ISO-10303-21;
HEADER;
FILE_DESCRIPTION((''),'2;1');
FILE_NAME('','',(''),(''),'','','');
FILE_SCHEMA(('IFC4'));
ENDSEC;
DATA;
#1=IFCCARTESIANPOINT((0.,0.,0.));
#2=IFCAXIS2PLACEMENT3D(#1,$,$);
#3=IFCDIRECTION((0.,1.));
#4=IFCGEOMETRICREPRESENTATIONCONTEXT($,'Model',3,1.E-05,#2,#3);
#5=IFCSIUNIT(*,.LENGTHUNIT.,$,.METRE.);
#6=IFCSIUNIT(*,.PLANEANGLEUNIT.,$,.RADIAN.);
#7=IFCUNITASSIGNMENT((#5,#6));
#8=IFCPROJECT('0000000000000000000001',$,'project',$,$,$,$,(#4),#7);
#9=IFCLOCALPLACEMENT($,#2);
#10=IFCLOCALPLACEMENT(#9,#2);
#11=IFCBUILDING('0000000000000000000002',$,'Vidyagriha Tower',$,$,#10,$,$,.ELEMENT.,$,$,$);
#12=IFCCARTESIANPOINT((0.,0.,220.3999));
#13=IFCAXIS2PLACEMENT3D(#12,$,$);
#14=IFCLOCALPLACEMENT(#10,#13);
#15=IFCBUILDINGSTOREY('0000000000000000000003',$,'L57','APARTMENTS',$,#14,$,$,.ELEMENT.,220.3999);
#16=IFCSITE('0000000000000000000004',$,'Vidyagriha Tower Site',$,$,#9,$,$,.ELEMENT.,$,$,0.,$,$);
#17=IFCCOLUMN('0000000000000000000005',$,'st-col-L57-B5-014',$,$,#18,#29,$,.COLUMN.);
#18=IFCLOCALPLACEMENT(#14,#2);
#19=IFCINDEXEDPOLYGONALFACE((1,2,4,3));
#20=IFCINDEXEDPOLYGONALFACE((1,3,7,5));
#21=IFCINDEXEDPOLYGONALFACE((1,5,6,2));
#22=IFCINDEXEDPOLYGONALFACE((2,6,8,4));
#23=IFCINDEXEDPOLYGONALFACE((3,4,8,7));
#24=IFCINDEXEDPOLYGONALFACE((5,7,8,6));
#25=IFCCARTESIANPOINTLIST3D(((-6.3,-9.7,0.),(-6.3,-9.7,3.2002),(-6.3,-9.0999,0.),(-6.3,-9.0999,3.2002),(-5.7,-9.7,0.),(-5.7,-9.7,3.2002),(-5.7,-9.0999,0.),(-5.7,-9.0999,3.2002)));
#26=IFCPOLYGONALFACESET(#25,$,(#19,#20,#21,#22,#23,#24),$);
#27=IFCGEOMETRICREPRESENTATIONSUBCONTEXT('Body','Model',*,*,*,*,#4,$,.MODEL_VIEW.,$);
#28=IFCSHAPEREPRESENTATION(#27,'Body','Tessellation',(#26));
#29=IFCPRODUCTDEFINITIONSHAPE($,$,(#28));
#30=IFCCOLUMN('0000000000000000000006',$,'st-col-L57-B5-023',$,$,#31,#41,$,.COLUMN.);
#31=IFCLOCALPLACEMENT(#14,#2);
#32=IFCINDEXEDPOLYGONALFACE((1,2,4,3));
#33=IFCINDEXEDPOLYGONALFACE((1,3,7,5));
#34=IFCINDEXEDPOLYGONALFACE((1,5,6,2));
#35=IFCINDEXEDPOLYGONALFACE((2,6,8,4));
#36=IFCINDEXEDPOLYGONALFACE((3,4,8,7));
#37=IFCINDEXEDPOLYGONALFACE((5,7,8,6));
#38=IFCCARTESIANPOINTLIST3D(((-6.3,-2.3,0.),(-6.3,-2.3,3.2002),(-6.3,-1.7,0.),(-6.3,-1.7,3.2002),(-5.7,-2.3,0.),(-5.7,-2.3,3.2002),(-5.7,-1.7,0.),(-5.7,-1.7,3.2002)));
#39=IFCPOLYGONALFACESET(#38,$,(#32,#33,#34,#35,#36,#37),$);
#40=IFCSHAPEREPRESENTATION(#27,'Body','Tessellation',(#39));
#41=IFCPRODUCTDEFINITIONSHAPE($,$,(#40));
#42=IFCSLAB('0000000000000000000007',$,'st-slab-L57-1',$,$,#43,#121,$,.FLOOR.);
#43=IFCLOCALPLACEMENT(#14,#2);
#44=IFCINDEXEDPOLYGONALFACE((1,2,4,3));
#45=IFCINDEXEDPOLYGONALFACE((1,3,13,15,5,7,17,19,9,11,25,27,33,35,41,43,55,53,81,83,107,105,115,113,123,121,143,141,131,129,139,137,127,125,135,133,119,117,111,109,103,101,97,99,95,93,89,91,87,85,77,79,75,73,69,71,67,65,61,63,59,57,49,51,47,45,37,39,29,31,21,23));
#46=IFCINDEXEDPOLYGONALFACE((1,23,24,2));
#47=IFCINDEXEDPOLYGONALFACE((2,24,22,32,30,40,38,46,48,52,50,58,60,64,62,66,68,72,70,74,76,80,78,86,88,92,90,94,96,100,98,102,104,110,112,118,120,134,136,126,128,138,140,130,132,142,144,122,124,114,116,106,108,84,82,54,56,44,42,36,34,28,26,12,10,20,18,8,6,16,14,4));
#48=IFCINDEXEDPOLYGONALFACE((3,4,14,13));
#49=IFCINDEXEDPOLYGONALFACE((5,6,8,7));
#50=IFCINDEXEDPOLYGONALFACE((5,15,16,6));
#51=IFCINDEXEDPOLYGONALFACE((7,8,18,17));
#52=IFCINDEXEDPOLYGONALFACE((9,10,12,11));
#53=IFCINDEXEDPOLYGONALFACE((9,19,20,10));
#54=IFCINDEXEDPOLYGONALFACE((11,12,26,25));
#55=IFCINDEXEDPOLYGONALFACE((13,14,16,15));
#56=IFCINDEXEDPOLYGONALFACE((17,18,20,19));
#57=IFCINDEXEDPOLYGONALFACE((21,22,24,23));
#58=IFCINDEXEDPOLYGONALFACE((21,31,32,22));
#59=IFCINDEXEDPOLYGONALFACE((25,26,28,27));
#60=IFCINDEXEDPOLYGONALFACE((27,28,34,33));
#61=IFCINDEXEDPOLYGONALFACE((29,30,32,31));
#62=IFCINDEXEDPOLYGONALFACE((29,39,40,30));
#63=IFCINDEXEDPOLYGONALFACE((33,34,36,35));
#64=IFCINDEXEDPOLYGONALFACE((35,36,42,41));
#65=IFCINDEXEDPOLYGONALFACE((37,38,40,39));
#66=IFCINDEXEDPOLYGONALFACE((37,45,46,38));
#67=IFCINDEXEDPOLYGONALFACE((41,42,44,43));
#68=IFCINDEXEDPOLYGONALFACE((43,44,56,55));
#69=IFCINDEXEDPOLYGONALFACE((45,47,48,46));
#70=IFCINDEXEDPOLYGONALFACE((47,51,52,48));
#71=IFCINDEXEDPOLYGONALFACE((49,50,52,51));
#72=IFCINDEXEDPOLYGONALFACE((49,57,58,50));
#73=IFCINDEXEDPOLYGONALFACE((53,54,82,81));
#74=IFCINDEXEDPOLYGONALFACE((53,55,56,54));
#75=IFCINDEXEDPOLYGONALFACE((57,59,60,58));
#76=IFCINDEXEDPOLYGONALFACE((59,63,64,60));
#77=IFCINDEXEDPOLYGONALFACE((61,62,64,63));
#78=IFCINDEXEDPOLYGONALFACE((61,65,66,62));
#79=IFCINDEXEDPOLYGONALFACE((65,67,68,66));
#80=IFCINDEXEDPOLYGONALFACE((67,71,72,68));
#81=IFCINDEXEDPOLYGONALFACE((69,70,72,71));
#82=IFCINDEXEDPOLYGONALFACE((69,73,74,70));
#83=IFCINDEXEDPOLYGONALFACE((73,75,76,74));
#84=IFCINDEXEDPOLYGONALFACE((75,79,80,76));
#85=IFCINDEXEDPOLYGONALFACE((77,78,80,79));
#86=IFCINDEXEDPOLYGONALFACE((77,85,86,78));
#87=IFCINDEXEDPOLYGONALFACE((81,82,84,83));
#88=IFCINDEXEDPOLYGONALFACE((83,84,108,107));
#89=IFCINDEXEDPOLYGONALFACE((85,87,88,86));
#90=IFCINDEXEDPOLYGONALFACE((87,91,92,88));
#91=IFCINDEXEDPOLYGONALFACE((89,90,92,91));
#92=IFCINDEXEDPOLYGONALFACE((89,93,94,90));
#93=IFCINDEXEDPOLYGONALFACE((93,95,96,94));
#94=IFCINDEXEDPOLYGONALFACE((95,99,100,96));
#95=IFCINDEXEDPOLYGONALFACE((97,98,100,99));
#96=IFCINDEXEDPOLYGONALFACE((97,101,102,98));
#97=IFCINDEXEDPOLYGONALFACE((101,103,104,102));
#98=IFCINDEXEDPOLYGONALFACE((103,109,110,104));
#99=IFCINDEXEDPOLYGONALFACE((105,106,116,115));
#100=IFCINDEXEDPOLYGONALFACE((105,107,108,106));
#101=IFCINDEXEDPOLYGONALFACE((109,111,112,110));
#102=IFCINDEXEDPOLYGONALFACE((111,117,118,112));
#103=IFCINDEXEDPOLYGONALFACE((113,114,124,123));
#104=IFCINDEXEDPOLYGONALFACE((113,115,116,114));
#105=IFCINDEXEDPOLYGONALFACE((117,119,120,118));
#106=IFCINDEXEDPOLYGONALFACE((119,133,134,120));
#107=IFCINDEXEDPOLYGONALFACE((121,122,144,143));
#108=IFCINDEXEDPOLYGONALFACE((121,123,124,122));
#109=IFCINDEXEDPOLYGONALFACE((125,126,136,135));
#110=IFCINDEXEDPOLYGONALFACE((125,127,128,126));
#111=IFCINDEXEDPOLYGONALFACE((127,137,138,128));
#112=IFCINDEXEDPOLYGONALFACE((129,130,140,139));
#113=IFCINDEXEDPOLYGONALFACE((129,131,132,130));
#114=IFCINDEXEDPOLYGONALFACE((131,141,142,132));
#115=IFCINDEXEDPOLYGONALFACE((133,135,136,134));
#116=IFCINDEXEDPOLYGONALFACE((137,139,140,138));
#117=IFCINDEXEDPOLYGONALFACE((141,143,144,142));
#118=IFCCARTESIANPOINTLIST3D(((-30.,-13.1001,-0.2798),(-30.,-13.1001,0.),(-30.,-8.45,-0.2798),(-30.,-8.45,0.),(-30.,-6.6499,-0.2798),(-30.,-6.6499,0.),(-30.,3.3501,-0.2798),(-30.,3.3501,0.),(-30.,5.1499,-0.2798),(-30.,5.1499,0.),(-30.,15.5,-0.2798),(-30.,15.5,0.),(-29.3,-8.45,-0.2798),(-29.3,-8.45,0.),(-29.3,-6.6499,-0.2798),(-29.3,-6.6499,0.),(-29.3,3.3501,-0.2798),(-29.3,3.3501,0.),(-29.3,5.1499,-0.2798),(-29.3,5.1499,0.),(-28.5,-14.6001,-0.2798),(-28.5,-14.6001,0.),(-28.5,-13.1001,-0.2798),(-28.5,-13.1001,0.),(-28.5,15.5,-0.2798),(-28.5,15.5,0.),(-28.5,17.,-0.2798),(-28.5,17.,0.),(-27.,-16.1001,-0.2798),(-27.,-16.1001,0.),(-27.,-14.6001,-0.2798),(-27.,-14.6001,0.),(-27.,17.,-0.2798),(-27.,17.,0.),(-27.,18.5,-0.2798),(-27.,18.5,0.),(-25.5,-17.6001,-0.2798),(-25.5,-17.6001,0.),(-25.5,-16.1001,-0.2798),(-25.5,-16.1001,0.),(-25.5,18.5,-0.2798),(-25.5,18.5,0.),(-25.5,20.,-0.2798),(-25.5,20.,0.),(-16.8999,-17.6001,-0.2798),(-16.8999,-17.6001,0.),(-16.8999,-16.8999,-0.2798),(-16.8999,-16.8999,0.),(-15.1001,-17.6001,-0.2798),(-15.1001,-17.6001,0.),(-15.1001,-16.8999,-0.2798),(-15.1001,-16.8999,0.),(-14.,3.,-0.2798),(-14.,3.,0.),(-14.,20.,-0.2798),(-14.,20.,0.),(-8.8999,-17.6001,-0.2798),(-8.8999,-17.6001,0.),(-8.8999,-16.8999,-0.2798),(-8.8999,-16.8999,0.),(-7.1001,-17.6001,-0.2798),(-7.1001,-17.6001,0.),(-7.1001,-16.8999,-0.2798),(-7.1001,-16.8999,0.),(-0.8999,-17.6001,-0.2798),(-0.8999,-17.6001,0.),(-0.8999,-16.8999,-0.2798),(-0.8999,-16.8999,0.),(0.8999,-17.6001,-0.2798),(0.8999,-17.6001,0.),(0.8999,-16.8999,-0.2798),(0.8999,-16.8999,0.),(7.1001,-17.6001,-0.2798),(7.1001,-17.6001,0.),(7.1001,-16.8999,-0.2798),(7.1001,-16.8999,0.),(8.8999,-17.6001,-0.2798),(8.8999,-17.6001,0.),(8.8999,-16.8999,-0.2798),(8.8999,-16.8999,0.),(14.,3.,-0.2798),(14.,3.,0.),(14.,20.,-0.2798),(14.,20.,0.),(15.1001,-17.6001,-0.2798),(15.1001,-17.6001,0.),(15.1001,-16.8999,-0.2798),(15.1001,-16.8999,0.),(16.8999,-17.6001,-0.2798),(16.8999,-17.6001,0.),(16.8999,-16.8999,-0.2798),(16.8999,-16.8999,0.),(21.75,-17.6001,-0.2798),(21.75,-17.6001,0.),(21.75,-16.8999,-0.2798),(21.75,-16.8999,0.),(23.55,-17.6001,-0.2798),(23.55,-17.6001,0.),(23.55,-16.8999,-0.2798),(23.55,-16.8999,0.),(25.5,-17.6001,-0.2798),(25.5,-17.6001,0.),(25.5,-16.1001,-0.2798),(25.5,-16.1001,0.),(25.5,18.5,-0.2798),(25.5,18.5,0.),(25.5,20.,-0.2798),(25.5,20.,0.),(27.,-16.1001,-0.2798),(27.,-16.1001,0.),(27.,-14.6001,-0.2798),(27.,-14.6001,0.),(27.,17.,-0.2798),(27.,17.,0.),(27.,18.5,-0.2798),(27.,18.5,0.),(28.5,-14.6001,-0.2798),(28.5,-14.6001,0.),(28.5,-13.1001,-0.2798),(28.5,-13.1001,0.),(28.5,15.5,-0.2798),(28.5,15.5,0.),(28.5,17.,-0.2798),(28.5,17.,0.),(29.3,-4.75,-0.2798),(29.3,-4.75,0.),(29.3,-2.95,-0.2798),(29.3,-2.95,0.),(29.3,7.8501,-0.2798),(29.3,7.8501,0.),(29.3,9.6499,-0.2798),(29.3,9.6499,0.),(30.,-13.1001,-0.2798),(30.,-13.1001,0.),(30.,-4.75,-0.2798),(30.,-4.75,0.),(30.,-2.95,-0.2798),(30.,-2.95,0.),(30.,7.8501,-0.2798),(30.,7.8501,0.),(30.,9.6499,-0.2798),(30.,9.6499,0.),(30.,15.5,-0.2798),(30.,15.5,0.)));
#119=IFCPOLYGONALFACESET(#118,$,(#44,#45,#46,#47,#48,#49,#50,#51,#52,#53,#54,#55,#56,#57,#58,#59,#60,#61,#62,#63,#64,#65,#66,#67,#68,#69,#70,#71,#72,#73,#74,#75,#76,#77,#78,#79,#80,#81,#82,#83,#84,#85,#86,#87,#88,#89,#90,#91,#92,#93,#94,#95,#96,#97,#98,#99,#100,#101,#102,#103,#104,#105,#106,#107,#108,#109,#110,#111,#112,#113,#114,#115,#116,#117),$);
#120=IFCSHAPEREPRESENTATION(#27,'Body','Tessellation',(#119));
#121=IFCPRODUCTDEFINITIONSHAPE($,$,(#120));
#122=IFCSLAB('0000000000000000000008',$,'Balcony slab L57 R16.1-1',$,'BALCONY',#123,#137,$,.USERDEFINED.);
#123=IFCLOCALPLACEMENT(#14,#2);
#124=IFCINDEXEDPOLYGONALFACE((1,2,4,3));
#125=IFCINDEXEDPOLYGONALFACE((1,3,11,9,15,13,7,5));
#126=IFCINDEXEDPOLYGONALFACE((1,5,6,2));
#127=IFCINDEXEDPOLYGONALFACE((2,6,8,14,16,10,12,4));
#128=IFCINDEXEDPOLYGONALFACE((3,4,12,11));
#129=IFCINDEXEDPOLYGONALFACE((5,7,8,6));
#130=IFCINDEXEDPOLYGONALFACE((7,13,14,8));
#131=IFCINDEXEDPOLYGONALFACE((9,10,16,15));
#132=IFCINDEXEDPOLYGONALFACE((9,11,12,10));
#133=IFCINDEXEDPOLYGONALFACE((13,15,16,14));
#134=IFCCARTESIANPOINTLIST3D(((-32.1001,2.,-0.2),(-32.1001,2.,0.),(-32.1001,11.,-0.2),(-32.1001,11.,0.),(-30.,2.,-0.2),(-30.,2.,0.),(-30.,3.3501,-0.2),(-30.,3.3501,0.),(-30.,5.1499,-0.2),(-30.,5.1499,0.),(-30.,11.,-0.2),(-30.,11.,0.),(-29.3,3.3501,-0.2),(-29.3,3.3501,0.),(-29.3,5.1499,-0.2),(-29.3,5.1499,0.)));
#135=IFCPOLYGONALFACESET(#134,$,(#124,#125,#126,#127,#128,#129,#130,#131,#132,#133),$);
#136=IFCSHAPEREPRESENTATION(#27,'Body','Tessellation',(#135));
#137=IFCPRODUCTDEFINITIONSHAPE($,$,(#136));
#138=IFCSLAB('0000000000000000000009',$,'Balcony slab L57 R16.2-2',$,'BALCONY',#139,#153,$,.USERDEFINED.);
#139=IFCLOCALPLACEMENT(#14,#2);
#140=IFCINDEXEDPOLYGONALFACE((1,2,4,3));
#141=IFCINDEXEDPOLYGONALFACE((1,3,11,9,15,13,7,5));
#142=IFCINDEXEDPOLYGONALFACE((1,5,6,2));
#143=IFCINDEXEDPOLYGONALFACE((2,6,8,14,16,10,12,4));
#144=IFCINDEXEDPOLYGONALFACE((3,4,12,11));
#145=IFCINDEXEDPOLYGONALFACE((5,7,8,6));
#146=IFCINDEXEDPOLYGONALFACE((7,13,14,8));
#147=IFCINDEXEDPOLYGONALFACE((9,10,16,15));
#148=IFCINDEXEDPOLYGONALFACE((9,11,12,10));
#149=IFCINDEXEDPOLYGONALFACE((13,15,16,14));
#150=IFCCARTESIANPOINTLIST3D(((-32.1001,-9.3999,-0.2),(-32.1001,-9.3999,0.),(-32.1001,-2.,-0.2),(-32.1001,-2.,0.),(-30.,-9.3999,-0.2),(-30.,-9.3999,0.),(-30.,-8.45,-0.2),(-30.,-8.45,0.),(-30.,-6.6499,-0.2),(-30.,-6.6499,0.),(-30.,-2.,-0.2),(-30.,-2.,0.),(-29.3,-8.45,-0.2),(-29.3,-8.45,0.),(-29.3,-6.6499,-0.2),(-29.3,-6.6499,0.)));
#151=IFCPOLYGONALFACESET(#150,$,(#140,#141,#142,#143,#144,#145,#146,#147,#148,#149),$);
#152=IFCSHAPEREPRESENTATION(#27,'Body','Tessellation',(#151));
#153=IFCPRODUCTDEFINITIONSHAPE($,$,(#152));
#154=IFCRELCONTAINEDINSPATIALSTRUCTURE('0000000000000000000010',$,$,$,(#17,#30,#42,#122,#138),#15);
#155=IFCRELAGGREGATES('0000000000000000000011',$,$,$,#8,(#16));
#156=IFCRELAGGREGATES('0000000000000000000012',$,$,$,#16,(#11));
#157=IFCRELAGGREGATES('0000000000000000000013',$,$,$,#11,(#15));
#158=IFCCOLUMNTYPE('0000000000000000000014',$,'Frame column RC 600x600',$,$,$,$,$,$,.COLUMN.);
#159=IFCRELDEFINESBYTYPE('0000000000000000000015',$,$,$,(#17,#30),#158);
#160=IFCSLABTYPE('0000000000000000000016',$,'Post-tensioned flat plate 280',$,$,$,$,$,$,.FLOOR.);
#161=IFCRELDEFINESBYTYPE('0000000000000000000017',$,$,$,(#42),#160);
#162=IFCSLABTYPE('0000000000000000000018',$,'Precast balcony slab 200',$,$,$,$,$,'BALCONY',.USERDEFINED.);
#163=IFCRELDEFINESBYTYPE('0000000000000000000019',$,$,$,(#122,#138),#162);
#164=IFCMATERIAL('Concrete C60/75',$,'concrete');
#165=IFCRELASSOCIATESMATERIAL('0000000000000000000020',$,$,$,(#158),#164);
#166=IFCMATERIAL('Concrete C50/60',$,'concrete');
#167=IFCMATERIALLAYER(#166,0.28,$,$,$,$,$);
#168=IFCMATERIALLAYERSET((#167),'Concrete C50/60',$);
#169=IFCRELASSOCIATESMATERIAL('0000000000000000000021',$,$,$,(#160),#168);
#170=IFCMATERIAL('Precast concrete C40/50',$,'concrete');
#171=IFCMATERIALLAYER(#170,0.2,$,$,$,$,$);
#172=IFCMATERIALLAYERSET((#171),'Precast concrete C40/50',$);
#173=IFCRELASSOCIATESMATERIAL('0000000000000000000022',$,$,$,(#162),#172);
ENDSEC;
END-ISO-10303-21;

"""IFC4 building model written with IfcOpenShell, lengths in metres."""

from ifc_helpers import new_model, si_unit, direction, frame, origin, origin_2d, place, context, subcontext, project, spatial, polyline, rectangle, outline, extrude, material, layer, layer_set, material_profile, profile_set, type_object, element, save


model = new_model("IFC4")

# Units and contexts
model_context = context("Model", 3, precision=1e-05, world=origin(), true_north=direction((0.0, 1.0)))
body_context = subcontext(model_context, "Body", "Model", "MODEL_VIEW")
ifc_project = project(units=[si_unit("LENGTHUNIT", "METRE"), si_unit("PLANEANGLEUNIT", "RADIAN")], contexts=[model_context])

# Site, building, storey
site_placement = place(None, origin())
site = spatial("IfcSite", under=ifc_project, at=site_placement, Name="Vidyagriha Tower Site", CompositionType="ELEMENT", RefElevation=0.0)
building_placement = place(site_placement, origin())
building = spatial("IfcBuilding", under=site, at=building_placement, Name="Vidyagriha Tower", CompositionType="ELEMENT")
storey_placement = place(building_placement, frame((0.0, 0.0, 220.3999)))
storey = spatial("IfcBuildingStorey", under=building, at=storey_placement, Name="L57", Description="APARTMENTS", CompositionType="ELEMENT", Elevation=220.3999)

# Columns
ifc_material_1 = material(Name="Concrete C60/75", Category="concrete")
ifc_material_profile = material_profile(ifc_material_1, rectangle(XDim=0.6001, YDim=0.6001, at=origin_2d()), Name="RC 600x600")
ifc_profile_set = profile_set([ifc_material_profile], Name="Concrete C60/75")
column_type = type_object("IfcColumnType", Name="Frame column RC 600x600", PredefinedType="COLUMN", material=ifc_profile_set)
for number, where, name in (
    (1, (-6.0, -9.3999, 0.0), "st-col-L57-B5-014"),
    (2, (-6.0, -2.0, 0.0), "st-col-L57-B5-023"),
):
    element("IfcColumn", number, at=place(storey_placement, frame(where)), inside=storey, type_object=column_type, Name=name, PredefinedType="COLUMN", context=body_context, shape_type="SweptSolid", body=[
        extrude(rectangle(XDim=0.6001, YDim=0.6001, at=origin_2d()), origin(), (0.0, 0.0, 1.0), 3.2002),
    ])

# Slabs
ifc_material_2 = material(Name="Concrete C50/60", Category="concrete")
ifc_layer_1 = layer(ifc_material_2, 0.28)
ifc_layer_set_1 = layer_set([ifc_layer_1], Name="Concrete C50/60")
slab_type_1 = type_object("IfcSlabType", Name="Post-tensioned flat plate 280", PredefinedType="FLOOR", material=ifc_layer_set_1)
slab_1_placement = place(storey_placement, frame((0.0, 0.0, -0.2798)))
element("IfcSlab", 3, at=slab_1_placement, inside=storey, type_object=slab_type_1, Name="st-slab-L57-1", PredefinedType="FLOOR", context=body_context, shape_type="SweptSolid", body=[
    extrude(outline(polyline([(28.5, -14.6001), (27.0, -14.6001), (27.0, -16.1001), (25.5, -16.1001), (25.5, -17.6001), (23.55, -17.6001), (23.55, -16.8999), (21.75, -16.8999), (21.75, -17.6001), (16.8999, -17.6001), (16.8999, -16.8999), (15.1001, -16.8999), (15.1001, -17.6001), (8.8999, -17.6001), (8.8999, -16.8999), (7.1001, -16.8999), (7.1001, -17.6001), (0.8999, -17.6001), (0.8999, -16.8999), (-0.8999, -16.8999), (-0.8999, -17.6001), (-7.1001, -17.6001), (-7.1001, -16.8999), (-8.8999, -16.8999), (-8.8999, -17.6001), (-15.1001, -17.6001), (-15.1001, -16.8999), (-16.8999, -16.8999), (-16.8999, -17.6001), (-25.5, -17.6001), (-25.5, -16.1001), (-27.0, -16.1001), (-27.0, -14.6001), (-28.5, -14.6001), (-28.5, -13.1001), (-30.0, -13.1001), (-30.0, -8.45), (-29.3, -8.45), (-29.3, -6.6499), (-30.0, -6.6499), (-30.0, 3.3501), (-29.3, 3.3501), (-29.3, 5.1499), (-30.0, 5.1499), (-30.0, 15.5), (-28.5, 15.5), (-28.5, 17.0), (-27.0, 17.0), (-27.0, 18.5), (-25.5, 18.5), (-25.5, 20.0), (-14.0, 20.0), (-14.0, 3.0), (14.0, 3.0), (14.0, 20.0), (25.5, 20.0), (25.5, 18.5), (27.0, 18.5), (27.0, 17.0), (28.5, 17.0), (28.5, 15.5), (30.0, 15.5), (30.0, 9.6499), (29.3, 9.6499), (29.3, 7.8501), (30.0, 7.8501), (30.0, -2.95), (29.3, -2.95), (29.3, -4.75), (30.0, -4.75), (30.0, -13.1001), (28.5, -13.1001), (28.5, -14.6001)])), origin(), (0.0, 0.0, 1.0), 0.2798),
])
ifc_material_3 = material(Name="Precast concrete C40/50", Category="concrete")
ifc_layer_2 = layer(ifc_material_3, 0.2)
ifc_layer_set_2 = layer_set([ifc_layer_2], Name="Precast concrete C40/50")
slab_type_2 = type_object("IfcSlabType", Name="Precast balcony slab 200", ElementType="BALCONY", PredefinedType="USERDEFINED", material=ifc_layer_set_2)
slab_2_placement = place(storey_placement, frame((0.0, 0.0, -0.2)))
element("IfcSlab", 4, at=slab_2_placement, inside=storey, type_object=slab_type_2, Name="Balcony slab L57 R16.1-1", ObjectType="BALCONY", PredefinedType="USERDEFINED", context=body_context, shape_type="SweptSolid", body=[
    extrude(outline(polyline([(-29.3, 3.3501), (-29.3, 5.1499), (-30.0, 5.1499), (-30.0, 11.0), (-32.1001, 11.0), (-32.1001, 2.0), (-30.0, 2.0), (-30.0, 3.3501), (-29.3, 3.3501)])), origin(), (0.0, 0.0, 1.0), 0.2),
])
slab_3_placement = place(storey_placement, frame((0.0, 0.0, -0.2)))
element("IfcSlab", 5, at=slab_3_placement, inside=storey, type_object=slab_type_2, Name="Balcony slab L57 R16.2-2", ObjectType="BALCONY", PredefinedType="USERDEFINED", context=body_context, shape_type="SweptSolid", body=[
    extrude(outline(polyline([(-29.3, -8.45), (-29.3, -6.6499), (-30.0, -6.6499), (-30.0, -2.0), (-32.1001, -2.0), (-32.1001, -9.3999), (-30.0, -9.3999), (-30.0, -8.45), (-29.3, -8.45)])), origin(), (0.0, 0.0, 1.0), 0.2),
])

save(model, "model.ifc")
